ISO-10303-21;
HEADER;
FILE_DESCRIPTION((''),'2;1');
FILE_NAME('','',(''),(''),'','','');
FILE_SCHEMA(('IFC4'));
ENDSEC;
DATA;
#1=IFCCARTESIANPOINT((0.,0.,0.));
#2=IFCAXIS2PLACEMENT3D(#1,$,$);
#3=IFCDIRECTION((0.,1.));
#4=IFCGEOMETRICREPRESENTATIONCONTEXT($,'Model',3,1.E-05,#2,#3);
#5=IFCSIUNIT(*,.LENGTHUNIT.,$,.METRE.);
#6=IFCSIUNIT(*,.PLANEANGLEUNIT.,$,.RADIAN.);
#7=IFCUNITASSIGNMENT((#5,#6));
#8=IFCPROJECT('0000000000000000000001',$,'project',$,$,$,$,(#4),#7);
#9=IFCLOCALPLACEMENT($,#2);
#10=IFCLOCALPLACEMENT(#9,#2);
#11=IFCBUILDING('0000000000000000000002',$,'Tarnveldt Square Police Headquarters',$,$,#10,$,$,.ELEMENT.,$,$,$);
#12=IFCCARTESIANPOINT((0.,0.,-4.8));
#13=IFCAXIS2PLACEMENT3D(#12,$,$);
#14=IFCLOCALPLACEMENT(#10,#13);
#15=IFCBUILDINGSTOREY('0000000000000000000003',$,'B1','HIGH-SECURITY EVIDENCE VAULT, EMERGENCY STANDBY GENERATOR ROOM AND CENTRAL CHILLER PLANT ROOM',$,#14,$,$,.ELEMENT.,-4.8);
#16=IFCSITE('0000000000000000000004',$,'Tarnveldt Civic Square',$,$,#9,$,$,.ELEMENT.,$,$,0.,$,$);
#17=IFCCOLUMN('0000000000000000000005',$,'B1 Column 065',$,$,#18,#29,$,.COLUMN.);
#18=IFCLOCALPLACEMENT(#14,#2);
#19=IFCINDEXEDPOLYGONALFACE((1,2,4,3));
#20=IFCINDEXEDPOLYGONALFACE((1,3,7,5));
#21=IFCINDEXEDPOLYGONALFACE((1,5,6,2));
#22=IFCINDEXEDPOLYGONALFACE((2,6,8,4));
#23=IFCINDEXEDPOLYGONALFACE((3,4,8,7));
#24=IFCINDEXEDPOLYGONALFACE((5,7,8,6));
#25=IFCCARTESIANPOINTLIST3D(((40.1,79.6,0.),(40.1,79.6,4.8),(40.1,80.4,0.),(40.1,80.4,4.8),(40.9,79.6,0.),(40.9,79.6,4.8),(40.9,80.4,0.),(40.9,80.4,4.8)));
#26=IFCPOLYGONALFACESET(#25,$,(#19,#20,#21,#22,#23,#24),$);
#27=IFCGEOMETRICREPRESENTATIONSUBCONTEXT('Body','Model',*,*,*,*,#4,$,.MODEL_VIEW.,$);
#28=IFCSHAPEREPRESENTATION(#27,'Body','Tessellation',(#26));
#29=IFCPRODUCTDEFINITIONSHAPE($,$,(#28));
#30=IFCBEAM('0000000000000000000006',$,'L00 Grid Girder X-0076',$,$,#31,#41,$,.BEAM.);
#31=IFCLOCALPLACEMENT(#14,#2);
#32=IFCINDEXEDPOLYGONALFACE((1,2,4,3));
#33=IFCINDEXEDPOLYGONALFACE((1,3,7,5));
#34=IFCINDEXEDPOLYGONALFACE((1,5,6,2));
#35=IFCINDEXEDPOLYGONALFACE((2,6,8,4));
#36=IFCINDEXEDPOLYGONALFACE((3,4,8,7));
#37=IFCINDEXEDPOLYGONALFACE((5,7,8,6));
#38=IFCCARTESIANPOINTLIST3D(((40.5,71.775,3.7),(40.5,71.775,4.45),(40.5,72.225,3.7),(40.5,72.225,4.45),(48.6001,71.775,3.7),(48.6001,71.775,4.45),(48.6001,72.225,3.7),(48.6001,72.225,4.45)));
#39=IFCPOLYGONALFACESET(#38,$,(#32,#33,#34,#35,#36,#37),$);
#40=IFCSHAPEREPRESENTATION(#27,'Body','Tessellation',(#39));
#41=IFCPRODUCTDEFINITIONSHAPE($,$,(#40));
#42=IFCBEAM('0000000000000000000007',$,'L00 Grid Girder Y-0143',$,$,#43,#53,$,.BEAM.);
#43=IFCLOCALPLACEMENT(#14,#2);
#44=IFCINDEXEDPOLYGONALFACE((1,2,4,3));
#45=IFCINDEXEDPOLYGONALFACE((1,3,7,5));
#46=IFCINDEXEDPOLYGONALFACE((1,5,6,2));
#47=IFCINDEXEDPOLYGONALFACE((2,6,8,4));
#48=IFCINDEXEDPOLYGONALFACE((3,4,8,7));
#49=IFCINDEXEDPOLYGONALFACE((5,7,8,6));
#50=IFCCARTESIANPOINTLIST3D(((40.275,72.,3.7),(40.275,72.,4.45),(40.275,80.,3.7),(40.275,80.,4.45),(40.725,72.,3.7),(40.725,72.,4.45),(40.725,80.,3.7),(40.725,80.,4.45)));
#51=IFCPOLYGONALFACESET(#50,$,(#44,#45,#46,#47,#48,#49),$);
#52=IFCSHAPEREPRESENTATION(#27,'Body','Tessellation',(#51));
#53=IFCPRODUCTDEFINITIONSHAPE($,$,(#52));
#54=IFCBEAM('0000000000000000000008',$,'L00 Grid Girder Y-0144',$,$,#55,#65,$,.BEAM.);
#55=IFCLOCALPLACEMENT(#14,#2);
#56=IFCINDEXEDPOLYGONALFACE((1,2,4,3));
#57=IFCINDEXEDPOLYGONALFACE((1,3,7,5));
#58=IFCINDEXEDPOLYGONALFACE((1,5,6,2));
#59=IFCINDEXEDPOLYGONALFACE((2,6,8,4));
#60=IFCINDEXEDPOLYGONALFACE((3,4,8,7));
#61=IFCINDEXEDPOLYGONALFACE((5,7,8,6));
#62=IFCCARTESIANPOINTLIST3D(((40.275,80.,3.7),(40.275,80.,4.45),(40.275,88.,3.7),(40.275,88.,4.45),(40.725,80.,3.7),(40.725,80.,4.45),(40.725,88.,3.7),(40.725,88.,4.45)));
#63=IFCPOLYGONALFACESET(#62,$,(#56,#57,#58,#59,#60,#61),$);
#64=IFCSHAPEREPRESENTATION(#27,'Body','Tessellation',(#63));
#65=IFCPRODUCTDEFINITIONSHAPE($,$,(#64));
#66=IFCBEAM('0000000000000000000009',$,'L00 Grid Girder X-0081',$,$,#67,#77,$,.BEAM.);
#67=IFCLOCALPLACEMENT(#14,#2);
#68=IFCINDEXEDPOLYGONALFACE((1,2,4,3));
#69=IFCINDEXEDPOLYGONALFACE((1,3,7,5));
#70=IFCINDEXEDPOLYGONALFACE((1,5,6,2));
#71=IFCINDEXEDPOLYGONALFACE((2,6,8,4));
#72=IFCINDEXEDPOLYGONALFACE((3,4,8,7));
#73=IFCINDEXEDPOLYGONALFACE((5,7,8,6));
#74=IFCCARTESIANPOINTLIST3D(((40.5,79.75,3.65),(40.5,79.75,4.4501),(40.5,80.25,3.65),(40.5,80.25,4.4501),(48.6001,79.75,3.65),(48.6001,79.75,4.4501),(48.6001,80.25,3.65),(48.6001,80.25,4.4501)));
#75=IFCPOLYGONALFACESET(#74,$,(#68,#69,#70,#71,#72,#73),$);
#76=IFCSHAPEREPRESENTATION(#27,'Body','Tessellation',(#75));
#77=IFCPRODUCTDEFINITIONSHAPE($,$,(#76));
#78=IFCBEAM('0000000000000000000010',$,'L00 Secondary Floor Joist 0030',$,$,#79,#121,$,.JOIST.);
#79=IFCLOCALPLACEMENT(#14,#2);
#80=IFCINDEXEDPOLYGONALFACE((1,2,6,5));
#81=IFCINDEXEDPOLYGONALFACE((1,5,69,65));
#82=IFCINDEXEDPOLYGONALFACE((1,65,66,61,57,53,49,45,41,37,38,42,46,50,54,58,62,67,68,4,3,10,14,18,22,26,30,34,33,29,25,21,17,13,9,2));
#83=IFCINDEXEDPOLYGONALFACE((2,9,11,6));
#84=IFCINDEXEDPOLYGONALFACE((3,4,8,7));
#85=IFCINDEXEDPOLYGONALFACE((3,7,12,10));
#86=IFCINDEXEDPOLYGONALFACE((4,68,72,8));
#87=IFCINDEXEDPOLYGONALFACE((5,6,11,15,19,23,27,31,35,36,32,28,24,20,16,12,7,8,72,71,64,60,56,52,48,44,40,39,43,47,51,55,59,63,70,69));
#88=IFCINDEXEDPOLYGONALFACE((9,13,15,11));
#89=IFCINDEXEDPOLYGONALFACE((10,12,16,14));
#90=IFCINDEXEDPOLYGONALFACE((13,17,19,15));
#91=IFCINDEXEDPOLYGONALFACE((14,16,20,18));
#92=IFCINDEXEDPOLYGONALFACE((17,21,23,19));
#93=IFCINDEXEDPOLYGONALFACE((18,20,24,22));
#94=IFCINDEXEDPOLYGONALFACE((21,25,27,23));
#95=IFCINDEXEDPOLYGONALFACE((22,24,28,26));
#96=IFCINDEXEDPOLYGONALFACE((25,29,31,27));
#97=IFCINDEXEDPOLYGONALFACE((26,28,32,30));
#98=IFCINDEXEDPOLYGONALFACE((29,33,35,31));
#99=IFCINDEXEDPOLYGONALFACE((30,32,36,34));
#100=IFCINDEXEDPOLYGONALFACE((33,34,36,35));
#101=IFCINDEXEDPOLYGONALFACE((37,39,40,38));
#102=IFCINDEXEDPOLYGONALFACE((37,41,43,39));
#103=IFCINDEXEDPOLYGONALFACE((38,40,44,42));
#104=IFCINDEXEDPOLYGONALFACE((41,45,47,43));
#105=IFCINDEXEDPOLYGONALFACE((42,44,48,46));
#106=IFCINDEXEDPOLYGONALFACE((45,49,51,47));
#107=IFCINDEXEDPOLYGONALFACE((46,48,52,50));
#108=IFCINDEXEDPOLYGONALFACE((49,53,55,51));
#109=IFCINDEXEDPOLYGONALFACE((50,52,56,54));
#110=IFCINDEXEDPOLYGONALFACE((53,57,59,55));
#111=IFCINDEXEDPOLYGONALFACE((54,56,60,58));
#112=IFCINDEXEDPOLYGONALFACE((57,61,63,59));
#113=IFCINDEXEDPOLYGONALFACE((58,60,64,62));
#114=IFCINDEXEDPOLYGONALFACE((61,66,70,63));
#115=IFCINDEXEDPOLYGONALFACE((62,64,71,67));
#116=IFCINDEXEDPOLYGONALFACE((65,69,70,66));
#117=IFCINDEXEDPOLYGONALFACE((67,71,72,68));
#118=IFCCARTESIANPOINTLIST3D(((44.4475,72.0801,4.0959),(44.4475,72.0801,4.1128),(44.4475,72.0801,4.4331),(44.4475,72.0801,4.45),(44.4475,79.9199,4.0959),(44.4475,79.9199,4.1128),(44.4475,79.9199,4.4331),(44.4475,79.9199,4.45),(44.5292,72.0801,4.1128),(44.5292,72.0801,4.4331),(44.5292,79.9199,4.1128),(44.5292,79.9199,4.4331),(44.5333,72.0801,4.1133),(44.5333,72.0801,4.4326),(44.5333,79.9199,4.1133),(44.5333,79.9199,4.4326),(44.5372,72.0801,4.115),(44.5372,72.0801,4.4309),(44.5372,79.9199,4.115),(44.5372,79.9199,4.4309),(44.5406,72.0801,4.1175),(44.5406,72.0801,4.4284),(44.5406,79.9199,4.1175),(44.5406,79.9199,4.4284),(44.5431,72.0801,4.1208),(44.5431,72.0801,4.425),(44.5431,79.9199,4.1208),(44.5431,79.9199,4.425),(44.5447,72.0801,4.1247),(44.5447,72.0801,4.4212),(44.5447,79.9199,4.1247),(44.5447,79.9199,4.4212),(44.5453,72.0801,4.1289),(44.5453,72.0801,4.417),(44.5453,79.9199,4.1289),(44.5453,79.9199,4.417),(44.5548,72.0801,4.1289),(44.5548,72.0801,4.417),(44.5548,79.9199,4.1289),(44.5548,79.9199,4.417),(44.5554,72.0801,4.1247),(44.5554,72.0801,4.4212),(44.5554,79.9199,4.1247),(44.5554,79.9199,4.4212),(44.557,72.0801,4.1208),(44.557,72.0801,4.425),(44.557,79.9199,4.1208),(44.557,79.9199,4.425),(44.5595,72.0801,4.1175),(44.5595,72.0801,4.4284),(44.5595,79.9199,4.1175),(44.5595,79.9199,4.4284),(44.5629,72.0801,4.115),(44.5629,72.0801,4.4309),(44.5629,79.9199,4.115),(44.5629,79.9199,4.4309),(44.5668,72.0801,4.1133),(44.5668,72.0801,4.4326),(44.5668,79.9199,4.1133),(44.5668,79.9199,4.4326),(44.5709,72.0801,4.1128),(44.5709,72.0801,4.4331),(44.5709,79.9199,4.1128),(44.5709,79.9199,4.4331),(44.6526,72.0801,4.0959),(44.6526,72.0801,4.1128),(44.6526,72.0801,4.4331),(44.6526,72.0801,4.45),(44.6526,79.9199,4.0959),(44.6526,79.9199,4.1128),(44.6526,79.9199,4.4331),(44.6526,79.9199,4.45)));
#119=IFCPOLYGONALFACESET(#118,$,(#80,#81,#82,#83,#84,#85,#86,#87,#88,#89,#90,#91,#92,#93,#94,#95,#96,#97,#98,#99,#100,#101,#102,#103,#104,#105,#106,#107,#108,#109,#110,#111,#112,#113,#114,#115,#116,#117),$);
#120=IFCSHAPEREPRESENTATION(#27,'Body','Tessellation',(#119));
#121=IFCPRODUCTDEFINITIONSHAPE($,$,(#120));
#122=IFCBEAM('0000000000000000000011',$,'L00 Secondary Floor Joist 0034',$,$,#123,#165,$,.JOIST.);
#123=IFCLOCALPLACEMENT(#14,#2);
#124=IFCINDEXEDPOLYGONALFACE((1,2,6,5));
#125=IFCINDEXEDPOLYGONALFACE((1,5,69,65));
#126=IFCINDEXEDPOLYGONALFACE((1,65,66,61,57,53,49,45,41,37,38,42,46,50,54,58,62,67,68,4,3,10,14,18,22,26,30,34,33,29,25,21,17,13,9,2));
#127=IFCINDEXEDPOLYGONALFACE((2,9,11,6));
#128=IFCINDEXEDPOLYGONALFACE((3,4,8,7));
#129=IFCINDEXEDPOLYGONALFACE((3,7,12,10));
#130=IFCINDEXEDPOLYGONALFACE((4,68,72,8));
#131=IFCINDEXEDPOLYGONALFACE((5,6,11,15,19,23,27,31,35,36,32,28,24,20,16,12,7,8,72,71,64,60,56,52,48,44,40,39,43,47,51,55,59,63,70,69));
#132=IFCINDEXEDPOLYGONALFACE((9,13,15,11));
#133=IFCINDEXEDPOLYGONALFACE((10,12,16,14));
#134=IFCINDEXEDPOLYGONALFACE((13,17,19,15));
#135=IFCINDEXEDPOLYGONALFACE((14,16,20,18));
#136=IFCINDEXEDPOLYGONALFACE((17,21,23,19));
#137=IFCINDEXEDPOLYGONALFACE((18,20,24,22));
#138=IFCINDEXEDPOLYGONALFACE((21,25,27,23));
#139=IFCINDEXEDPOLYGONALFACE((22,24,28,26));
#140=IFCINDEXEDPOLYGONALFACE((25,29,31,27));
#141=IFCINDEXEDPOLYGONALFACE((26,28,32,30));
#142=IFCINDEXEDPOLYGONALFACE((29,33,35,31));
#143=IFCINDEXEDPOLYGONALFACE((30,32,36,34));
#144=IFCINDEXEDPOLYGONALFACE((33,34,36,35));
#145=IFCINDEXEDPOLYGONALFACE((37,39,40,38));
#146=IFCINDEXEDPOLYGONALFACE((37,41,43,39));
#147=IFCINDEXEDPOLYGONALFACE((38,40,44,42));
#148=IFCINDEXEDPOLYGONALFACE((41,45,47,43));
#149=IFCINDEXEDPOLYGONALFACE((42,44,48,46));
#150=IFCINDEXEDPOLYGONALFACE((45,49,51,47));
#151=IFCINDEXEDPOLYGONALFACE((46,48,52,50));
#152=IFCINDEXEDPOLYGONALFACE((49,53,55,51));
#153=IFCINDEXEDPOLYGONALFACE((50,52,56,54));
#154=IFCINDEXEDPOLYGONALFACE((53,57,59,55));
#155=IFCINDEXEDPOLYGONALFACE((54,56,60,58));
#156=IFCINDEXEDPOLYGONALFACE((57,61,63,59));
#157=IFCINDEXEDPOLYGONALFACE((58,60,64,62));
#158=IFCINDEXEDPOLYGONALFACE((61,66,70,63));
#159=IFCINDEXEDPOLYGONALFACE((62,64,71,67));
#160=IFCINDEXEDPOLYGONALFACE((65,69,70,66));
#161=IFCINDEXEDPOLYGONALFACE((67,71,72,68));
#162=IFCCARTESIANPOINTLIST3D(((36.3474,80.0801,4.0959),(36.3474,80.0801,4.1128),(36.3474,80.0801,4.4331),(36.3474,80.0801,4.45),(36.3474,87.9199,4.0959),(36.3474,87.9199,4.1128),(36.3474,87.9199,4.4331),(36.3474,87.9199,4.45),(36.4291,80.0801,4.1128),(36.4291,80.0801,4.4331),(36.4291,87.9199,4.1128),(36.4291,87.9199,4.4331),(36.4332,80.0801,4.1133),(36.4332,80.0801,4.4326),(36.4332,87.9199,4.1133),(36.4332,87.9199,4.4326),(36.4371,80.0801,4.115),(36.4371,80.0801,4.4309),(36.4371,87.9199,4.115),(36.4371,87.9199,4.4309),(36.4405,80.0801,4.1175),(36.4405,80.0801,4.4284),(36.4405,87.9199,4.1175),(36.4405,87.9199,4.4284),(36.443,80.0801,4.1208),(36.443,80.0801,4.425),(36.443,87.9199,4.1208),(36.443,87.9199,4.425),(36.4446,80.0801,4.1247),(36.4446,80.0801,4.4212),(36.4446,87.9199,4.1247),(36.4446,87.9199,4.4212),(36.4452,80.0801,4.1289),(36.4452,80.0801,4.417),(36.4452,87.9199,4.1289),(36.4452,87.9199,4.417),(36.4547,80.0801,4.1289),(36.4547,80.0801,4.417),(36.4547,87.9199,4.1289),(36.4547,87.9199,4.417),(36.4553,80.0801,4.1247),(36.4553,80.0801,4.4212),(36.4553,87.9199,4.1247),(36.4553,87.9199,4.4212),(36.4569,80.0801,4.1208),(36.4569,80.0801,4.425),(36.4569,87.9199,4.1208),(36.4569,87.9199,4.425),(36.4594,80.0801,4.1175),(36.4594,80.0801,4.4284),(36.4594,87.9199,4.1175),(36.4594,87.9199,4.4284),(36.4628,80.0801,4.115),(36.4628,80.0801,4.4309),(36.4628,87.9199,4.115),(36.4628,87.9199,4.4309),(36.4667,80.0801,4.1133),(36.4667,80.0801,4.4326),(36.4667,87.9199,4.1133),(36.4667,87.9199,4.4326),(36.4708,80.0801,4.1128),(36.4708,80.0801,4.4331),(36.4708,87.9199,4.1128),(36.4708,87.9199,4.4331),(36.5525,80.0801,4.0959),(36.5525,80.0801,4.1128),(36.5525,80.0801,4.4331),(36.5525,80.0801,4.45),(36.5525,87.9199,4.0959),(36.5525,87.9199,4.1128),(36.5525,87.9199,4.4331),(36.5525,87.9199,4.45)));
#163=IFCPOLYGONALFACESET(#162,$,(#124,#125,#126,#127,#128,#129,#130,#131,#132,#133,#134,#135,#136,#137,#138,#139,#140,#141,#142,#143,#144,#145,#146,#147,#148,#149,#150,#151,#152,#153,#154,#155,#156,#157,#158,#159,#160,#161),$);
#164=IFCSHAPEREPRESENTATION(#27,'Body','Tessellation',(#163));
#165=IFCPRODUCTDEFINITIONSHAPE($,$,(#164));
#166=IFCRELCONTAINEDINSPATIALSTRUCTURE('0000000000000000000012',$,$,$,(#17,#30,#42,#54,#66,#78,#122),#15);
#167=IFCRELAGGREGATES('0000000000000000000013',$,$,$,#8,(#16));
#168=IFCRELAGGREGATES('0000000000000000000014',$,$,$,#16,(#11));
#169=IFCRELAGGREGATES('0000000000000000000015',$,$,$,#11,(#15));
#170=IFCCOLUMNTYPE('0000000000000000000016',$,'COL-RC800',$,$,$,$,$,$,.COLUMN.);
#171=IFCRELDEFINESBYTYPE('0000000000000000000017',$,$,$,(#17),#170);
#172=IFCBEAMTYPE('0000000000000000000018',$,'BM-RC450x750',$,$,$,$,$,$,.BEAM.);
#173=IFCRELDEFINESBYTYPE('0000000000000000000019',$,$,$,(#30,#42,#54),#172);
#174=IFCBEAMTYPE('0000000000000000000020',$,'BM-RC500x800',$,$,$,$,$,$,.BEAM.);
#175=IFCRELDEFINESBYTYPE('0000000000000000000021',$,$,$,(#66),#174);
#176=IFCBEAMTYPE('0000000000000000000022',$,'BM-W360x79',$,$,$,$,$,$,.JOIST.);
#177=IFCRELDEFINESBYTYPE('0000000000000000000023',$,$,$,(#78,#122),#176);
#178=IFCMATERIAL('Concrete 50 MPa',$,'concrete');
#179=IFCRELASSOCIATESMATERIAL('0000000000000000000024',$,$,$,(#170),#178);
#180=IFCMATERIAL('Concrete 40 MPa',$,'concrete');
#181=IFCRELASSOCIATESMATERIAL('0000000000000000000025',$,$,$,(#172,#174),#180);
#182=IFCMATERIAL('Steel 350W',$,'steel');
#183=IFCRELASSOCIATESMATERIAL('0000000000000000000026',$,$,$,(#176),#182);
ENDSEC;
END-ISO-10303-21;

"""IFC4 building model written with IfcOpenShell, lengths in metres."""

from ifc_helpers import new_model, si_unit, direction, frame, origin, origin_2d, place, context, subcontext, project, spatial, rectangle, i_section, extrude, material, material_profile, profile_set, type_object, element, save


model = new_model("IFC4")

# Units and contexts
model_context = context("Model", 3, precision=1e-05, world=origin(), true_north=direction((0.0, 1.0)))
body_context = subcontext(model_context, "Body", "Model", "MODEL_VIEW")
ifc_project = project(units=[si_unit("LENGTHUNIT", "METRE"), si_unit("PLANEANGLEUNIT", "RADIAN")], contexts=[model_context])

# Site, building, storey
site_placement = place(None, origin())
site = spatial("IfcSite", under=ifc_project, at=site_placement, Name="Tarnveldt Civic Square", CompositionType="ELEMENT", RefElevation=0.0)
building_placement = place(site_placement, origin())
building = spatial("IfcBuilding", under=site, at=building_placement, Name="Tarnveldt Square Police Headquarters", CompositionType="ELEMENT")
storey_placement = place(building_placement, frame((0.0, 0.0, -4.8)))
storey = spatial("IfcBuildingStorey", under=building, at=storey_placement, Name="B1", Description="HIGH-SECURITY EVIDENCE VAULT, EMERGENCY STANDBY GENERATOR ROOM AND CENTRAL CHILLER PLANT ROOM", CompositionType="ELEMENT", Elevation=-4.8)

# Column
ifc_material_1 = material(Name="Concrete 50 MPa", Category="concrete")
ifc_material_profile_1 = material_profile(ifc_material_1, rectangle(XDim=0.8, YDim=0.8, at=origin_2d()), Name="RC-C800x800")
ifc_profile_set_1 = profile_set([ifc_material_profile_1], Name="Concrete 50 MPa")
column_type = type_object("IfcColumnType", Name="COL-RC800", PredefinedType="COLUMN", material=ifc_profile_set_1)
for number, where, z_axis, x_axis, name in (
    (1, (40.5, 80.0, 0.0), (0.0, 0.0, 1.0), (1.0, 0.0, 0.0), "B1 Column 065"),
):
    element("IfcColumn", number, at=place(storey_placement, frame(where, z_axis=z_axis, x_axis=x_axis)), inside=storey, type_object=column_type, Name=name, PredefinedType="COLUMN", context=body_context, shape_type="SweptSolid", body=[
        extrude(rectangle(XDim=0.8, YDim=0.8, at=origin_2d()), origin(), (0.0, 0.0, 1.0), 4.8),
    ])

# Beams
ifc_material_2 = material(Name="Concrete 40 MPa", Category="concrete")
ifc_material_profile_2 = material_profile(ifc_material_2, rectangle(XDim=0.45, YDim=0.75, at=origin_2d()), Name="RC-B450x750")
ifc_profile_set_2 = profile_set([ifc_material_profile_2], Name="Concrete 40 MPa")
beam_type_1 = type_object("IfcBeamType", Name="BM-RC450x750", PredefinedType="BEAM", material=ifc_profile_set_2)
beam_1_placement = place(storey_placement, frame((40.5, 72.0, 4.075), z_axis=(1.0, 0.0, 0.0), x_axis=(0.0, 1.0, 0.0)))
element("IfcBeam", 2, at=beam_1_placement, inside=storey, type_object=beam_type_1, Name="L00 Grid Girder X-0076", PredefinedType="BEAM", context=body_context, shape_type="SweptSolid", body=[
    extrude(rectangle(XDim=0.45, YDim=0.75, at=origin_2d()), origin(), (0.0, 0.0, 1.0), 8.1001),
])
for number, where, z_axis, x_axis, name in (
    (3, (40.5, 72.0, 4.075), (0.0, 1.0, 0.0), (-1.0, 0.0, 0.0), "L00 Grid Girder Y-0143"),
    (4, (40.5, 80.0, 4.075), (0.0, 1.0, 0.0), (-1.0, 0.0, 0.0), "L00 Grid Girder Y-0144"),
):
    element("IfcBeam", number, at=place(storey_placement, frame(where, z_axis=z_axis, x_axis=x_axis)), inside=storey, type_object=beam_type_1, Name=name, PredefinedType="BEAM", context=body_context, shape_type="SweptSolid", body=[
        extrude(rectangle(XDim=0.45, YDim=0.75, at=origin_2d()), origin(), (0.0, 0.0, 1.0), 8.0),
    ])
ifc_material_profile_3 = material_profile(ifc_material_2, rectangle(XDim=0.5, YDim=0.8, at=origin_2d()), Name="RC-B500x800")
ifc_profile_set_3 = profile_set([ifc_material_profile_3], Name="Concrete 40 MPa")
beam_type_2 = type_object("IfcBeamType", Name="BM-RC500x800", PredefinedType="BEAM", material=ifc_profile_set_3)
beam_2_placement = place(storey_placement, frame((40.5, 80.0, 4.05), z_axis=(1.0, 0.0, 0.0), x_axis=(0.0, 1.0, 0.0)))
element("IfcBeam", 5, at=beam_2_placement, inside=storey, type_object=beam_type_2, Name="L00 Grid Girder X-0081", PredefinedType="BEAM", context=body_context, shape_type="SweptSolid", body=[
    extrude(rectangle(XDim=0.5, YDim=0.8, at=origin_2d()), origin(), (0.0, 0.0, 1.0), 8.1001),
])
ifc_material_3 = material(Name="Steel 350W", Category="steel")
ifc_material_profile_4 = material_profile(ifc_material_3, i_section(OverallWidth=0.2051, OverallDepth=0.354, WebThickness=0.0095, FlangeThickness=0.0168, FilletRadius=0.0161, at=origin_2d()), Name="W360x79")
ifc_profile_set_4 = profile_set([ifc_material_profile_4], Name="Steel 350W")
beam_type_3 = type_object("IfcBeamType", Name="BM-W360x79", PredefinedType="JOIST", material=ifc_profile_set_4)
for number, where, z_axis, x_axis, name in (
    (6, (44.55, 72.0801, 4.2729), (0.0, 1.0, 0.0), (-1.0, 0.0, 0.0), "L00 Secondary Floor Joist 0030"),
    (7, (36.45, 80.0801, 4.2729), (0.0, 1.0, 0.0), (-1.0, 0.0, 0.0), "L00 Secondary Floor Joist 0034"),
):
    element("IfcBeam", number, at=place(storey_placement, frame(where, z_axis=z_axis, x_axis=x_axis)), inside=storey, type_object=beam_type_3, Name=name, PredefinedType="JOIST", context=body_context, shape_type="SweptSolid", body=[
        extrude(i_section(OverallWidth=0.2051, OverallDepth=0.354, WebThickness=0.0095, FlangeThickness=0.0168, FilletRadius=0.0161, at=origin_2d()), origin(), (0.0, 0.0, 1.0), 7.8398),
    ])

save(model, "model.ifc")
